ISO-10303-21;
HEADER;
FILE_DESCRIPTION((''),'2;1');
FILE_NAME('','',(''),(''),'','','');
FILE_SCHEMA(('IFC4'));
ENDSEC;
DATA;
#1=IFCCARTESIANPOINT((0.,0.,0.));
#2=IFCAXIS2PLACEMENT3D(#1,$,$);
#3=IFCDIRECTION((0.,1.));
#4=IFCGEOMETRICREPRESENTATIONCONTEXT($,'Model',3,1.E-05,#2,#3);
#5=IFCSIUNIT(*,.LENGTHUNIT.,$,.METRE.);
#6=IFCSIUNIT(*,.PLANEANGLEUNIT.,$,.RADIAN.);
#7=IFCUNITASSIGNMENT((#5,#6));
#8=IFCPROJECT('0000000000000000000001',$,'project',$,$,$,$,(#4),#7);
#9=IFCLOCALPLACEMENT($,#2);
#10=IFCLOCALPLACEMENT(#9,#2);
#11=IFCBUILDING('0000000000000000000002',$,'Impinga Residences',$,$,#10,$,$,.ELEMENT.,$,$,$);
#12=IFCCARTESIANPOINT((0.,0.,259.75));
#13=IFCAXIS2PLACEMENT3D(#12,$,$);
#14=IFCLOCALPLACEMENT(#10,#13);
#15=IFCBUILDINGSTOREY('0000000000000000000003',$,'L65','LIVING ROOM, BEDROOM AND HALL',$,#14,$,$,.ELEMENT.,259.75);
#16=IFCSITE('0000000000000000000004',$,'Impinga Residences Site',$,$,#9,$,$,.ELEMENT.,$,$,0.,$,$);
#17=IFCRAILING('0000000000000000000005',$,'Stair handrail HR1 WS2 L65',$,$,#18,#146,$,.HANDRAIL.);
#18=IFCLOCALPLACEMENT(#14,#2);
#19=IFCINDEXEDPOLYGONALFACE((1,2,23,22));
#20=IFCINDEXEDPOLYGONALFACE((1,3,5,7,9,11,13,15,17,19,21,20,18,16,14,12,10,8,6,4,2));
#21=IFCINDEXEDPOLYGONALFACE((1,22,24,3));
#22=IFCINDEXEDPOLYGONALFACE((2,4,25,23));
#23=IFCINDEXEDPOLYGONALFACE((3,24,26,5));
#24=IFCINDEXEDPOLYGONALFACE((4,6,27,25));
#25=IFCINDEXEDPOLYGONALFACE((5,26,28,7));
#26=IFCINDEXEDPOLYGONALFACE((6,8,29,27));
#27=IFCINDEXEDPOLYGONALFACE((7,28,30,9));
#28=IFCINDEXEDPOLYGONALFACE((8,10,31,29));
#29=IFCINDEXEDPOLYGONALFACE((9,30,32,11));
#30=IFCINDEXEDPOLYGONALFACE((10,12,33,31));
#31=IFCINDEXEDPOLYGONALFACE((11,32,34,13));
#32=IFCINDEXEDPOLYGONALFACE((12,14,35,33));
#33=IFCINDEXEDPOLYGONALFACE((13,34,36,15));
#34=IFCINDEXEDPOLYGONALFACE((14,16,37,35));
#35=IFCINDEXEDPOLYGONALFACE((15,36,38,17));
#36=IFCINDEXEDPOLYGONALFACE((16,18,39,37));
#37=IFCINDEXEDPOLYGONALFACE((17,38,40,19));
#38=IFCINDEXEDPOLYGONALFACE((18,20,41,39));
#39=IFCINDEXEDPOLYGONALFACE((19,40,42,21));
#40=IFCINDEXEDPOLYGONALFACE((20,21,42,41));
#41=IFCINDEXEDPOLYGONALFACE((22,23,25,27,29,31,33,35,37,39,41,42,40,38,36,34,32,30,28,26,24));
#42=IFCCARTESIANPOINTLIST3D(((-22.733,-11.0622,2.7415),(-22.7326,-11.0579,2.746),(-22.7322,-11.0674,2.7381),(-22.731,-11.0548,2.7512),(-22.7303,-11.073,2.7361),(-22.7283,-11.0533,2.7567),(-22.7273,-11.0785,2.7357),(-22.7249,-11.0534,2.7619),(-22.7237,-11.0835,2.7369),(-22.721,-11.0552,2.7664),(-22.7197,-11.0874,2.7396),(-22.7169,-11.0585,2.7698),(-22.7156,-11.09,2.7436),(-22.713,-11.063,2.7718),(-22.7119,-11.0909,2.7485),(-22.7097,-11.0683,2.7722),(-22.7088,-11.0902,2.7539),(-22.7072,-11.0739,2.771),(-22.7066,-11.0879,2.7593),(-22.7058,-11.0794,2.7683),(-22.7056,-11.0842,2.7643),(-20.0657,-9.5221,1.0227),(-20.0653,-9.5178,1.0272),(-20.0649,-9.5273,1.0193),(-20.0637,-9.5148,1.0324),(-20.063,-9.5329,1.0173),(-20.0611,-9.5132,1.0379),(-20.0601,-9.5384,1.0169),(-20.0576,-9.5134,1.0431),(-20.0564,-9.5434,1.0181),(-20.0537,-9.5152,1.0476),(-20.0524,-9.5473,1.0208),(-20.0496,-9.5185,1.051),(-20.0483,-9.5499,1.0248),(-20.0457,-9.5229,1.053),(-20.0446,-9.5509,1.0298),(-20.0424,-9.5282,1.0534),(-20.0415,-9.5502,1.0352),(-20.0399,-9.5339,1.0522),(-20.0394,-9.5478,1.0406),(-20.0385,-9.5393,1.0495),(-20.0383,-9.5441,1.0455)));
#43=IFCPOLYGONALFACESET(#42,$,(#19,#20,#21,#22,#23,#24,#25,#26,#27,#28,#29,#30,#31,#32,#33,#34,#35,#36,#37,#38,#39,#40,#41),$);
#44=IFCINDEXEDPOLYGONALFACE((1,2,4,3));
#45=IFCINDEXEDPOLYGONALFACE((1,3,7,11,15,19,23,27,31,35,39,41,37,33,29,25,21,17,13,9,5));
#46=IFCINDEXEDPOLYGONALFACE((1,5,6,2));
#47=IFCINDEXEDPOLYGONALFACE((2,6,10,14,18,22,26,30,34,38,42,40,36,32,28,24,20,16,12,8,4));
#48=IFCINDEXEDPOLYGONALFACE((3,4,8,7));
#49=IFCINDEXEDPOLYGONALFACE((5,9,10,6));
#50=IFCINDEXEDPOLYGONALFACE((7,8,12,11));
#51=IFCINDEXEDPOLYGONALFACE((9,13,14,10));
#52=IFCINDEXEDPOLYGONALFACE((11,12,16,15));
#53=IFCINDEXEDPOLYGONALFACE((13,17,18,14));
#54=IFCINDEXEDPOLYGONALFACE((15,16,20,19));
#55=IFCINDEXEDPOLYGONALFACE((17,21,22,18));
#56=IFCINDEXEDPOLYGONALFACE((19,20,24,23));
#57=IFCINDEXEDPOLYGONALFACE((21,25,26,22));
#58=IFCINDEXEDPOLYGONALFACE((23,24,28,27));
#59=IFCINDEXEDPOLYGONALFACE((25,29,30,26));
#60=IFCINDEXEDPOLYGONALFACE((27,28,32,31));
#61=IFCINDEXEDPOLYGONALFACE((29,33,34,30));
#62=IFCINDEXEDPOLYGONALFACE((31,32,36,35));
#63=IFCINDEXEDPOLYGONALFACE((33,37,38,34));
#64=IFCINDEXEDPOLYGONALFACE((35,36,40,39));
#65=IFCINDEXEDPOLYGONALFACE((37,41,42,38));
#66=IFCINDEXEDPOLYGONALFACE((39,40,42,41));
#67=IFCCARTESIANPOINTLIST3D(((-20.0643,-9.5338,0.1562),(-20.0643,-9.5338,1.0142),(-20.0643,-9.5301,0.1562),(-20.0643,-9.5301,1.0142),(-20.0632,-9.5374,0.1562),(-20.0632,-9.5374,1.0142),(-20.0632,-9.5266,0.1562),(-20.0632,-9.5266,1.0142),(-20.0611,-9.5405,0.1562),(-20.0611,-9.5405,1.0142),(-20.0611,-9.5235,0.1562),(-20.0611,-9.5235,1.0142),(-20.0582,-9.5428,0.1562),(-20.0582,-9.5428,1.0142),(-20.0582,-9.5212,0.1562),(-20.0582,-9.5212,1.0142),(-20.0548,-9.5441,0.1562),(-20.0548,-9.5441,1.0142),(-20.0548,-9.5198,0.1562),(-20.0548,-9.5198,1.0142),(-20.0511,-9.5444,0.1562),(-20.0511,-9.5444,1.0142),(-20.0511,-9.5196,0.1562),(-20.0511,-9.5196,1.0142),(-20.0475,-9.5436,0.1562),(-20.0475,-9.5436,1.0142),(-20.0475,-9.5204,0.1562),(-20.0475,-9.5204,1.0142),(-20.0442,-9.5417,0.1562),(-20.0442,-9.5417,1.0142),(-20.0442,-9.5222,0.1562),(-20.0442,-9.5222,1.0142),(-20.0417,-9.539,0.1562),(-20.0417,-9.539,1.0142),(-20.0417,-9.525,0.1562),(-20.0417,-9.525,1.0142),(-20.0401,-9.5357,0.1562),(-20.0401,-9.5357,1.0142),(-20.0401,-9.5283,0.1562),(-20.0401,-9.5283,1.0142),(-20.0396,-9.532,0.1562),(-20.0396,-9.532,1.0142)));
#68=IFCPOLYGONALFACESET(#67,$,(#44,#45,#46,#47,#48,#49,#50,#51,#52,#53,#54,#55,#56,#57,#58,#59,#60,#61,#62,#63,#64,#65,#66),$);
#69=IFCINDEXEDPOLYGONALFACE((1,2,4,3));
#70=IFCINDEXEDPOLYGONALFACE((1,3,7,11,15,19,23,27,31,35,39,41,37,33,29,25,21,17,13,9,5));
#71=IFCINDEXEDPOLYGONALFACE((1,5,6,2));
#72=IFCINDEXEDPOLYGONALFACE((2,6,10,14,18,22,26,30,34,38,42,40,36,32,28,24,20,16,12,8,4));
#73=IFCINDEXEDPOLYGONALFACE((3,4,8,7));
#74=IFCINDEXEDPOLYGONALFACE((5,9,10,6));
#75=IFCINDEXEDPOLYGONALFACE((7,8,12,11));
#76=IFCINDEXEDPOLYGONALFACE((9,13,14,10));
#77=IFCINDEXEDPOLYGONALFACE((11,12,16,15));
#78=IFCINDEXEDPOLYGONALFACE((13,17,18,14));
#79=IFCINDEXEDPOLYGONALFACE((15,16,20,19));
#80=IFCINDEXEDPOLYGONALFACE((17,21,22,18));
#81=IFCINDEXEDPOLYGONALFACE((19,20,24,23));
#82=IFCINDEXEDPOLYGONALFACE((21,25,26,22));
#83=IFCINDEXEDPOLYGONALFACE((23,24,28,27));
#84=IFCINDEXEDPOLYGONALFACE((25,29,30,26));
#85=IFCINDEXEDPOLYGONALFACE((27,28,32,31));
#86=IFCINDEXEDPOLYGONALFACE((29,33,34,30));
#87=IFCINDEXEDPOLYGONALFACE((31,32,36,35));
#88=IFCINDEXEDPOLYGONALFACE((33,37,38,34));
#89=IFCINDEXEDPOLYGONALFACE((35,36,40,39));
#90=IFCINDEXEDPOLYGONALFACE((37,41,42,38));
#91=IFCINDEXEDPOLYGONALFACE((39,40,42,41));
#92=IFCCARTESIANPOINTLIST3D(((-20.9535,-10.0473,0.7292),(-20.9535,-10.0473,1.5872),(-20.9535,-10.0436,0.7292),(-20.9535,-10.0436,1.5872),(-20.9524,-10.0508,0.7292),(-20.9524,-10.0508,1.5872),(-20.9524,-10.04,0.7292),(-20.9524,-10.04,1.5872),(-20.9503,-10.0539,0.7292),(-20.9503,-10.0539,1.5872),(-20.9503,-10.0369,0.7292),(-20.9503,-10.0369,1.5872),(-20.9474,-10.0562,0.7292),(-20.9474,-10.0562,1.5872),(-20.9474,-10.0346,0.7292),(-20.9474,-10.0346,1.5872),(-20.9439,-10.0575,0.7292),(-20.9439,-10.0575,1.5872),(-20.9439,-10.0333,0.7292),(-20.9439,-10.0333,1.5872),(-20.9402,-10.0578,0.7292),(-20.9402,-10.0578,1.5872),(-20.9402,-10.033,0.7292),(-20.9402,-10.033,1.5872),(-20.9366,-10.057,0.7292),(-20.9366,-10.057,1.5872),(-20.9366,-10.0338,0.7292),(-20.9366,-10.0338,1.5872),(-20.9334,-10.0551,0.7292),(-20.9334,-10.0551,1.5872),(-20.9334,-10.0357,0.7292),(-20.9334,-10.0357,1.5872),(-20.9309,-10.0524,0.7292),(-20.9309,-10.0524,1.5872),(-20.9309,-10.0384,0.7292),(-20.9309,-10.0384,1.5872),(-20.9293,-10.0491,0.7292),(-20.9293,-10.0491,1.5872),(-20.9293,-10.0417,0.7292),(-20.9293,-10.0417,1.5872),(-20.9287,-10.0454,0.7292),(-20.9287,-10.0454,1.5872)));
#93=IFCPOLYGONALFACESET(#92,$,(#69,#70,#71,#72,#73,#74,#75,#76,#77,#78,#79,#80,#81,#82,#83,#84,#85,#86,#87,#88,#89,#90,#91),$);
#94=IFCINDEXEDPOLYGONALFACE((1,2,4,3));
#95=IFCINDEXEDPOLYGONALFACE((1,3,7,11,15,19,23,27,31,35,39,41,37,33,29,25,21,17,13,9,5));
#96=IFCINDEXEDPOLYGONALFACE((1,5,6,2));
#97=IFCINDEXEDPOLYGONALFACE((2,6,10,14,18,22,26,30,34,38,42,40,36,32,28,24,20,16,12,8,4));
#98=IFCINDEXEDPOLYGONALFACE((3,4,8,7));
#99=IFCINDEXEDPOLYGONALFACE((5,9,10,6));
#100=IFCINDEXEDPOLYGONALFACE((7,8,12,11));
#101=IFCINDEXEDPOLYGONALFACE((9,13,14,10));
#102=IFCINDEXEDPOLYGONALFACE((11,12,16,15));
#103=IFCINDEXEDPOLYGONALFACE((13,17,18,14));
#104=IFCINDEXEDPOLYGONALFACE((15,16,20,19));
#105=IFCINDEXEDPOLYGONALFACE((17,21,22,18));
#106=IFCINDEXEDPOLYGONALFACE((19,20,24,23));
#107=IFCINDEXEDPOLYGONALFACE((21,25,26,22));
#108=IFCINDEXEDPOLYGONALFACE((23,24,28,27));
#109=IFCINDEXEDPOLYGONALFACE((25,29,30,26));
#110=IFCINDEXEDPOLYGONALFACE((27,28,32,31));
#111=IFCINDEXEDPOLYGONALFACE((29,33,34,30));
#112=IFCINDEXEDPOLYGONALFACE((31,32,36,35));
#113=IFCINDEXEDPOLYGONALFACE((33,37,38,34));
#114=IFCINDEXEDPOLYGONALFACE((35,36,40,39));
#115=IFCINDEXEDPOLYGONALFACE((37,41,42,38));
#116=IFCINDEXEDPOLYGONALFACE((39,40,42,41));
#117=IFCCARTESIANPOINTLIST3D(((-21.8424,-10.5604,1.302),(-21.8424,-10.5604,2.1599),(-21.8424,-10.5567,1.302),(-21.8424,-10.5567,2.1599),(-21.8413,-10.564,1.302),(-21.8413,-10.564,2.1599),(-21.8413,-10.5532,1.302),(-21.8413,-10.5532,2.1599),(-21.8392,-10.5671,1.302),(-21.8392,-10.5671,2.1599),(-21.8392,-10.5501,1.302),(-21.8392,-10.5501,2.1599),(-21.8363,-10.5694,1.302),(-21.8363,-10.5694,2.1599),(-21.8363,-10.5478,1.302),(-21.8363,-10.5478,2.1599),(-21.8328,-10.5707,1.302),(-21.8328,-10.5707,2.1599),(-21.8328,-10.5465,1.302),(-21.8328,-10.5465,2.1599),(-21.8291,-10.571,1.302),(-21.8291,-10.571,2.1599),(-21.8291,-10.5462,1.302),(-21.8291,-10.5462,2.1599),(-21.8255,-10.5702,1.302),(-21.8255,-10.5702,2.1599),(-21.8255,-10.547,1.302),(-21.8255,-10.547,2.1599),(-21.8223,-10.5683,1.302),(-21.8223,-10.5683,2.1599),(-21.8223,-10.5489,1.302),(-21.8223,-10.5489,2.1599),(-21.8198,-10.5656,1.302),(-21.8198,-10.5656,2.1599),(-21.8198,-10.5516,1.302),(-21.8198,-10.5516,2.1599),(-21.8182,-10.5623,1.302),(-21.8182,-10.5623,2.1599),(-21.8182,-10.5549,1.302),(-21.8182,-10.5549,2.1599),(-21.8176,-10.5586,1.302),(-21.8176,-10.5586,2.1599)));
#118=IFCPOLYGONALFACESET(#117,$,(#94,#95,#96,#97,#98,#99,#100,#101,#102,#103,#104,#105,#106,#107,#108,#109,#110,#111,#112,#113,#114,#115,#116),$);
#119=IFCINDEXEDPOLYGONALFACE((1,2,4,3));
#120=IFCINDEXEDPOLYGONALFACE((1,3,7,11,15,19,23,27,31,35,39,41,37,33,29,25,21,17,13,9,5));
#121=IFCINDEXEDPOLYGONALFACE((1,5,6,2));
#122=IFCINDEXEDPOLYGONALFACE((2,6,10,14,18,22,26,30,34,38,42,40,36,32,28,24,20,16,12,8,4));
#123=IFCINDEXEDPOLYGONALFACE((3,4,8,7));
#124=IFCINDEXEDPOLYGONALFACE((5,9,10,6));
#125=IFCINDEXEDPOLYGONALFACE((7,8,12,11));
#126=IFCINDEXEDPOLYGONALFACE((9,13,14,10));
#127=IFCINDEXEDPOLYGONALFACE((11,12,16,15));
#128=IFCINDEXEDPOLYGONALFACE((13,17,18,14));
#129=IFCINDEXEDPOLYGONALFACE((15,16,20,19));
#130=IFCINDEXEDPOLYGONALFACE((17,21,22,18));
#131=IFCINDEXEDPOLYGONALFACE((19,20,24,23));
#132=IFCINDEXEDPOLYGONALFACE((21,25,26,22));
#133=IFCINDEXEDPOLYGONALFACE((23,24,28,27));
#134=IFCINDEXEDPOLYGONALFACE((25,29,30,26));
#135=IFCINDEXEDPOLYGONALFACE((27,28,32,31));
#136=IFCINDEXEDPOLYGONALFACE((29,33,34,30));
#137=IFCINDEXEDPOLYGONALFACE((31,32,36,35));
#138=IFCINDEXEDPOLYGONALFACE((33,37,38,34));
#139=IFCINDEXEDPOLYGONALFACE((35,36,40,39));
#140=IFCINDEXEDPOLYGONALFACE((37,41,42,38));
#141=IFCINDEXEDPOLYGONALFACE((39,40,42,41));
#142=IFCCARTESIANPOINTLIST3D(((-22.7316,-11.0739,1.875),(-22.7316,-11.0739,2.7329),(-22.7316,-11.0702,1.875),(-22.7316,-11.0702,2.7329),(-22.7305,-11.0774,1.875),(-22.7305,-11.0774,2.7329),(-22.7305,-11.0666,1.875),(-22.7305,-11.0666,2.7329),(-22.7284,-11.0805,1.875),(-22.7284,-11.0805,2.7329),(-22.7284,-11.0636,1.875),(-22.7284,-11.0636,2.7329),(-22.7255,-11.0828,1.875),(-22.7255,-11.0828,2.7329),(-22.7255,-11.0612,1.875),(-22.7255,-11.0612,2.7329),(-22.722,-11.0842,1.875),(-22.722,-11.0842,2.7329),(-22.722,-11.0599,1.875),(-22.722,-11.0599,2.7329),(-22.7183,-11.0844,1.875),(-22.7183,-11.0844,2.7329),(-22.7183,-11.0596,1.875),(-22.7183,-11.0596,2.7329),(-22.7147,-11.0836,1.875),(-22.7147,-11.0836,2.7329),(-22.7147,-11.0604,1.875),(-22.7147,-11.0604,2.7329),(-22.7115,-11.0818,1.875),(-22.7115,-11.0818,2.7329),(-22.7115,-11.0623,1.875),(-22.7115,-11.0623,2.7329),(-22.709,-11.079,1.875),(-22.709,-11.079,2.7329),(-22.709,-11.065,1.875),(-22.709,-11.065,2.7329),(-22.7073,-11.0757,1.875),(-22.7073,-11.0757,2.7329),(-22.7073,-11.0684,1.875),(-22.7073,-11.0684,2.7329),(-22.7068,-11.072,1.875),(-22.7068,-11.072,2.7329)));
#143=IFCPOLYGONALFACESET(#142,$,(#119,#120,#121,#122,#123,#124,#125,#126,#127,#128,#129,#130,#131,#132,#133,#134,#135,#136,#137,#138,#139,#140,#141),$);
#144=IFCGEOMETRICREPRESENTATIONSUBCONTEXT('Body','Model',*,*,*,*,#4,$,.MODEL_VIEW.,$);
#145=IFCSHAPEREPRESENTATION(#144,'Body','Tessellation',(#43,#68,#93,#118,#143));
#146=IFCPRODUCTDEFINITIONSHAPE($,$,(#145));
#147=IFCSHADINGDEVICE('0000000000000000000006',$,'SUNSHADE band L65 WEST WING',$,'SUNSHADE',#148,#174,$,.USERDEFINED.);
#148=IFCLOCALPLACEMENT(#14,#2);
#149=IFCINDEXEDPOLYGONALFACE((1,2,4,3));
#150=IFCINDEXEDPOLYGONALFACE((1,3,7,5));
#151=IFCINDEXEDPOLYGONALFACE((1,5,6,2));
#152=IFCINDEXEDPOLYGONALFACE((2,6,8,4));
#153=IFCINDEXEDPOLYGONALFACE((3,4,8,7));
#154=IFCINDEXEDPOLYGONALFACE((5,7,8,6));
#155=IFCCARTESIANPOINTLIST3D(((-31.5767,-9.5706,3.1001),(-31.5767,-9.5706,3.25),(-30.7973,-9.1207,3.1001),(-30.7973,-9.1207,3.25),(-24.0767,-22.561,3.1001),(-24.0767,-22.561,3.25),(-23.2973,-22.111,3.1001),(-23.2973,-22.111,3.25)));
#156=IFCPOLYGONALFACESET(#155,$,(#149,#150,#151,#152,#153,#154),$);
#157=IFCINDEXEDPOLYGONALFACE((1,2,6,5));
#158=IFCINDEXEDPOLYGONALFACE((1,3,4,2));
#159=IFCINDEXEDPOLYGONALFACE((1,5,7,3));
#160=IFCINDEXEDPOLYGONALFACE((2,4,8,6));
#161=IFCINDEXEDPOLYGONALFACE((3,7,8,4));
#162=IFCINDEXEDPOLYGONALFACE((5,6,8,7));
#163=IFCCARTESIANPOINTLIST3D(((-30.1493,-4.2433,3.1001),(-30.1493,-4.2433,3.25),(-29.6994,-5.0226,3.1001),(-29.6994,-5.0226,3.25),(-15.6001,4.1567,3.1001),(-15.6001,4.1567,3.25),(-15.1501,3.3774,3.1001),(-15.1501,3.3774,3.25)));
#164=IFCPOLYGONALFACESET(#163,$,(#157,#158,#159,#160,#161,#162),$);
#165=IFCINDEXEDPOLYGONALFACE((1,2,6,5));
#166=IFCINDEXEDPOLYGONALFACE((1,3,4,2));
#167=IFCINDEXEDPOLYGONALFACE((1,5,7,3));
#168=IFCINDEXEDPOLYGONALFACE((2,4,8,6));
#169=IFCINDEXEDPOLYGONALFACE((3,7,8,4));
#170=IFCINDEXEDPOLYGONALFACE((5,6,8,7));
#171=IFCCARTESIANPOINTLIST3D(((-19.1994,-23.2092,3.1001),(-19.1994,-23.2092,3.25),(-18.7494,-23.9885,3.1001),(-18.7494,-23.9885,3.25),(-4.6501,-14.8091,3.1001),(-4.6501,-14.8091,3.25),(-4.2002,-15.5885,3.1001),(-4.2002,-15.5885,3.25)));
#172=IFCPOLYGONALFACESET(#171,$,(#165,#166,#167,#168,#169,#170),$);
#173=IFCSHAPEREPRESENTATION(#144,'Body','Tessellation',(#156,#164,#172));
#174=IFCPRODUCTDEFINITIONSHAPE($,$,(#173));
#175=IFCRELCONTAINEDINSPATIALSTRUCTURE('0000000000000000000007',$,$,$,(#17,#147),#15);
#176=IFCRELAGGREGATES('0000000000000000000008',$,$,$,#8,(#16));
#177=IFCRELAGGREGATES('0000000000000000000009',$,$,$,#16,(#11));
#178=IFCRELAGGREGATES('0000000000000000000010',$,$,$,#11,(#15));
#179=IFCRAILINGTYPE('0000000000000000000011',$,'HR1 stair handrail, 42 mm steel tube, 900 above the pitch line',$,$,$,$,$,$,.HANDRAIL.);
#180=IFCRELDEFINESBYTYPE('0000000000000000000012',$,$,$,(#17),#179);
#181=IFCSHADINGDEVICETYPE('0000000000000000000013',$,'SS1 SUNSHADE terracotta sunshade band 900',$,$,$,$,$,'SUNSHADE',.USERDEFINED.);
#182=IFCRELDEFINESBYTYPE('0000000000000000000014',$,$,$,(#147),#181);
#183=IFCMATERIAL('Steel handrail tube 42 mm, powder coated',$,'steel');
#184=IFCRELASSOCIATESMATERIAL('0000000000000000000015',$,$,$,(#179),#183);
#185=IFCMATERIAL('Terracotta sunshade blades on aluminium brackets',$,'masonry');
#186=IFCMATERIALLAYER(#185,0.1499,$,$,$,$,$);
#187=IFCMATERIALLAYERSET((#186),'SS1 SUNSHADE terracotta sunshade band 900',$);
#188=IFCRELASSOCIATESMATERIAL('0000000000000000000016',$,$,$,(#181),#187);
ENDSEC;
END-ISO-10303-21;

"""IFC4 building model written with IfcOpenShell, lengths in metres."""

from ifc_helpers import new_model, si_unit, direction, frame, origin, origin_2d, place, context, subcontext, project, spatial, rectangle, circle, extrude, material, layer, layer_set, type_object, element, save


model = new_model("IFC4")

# Units and contexts
model_context = context("Model", 3, precision=1e-05, world=origin(), true_north=direction((0.0, 1.0)))
body_context = subcontext(model_context, "Body", "Model", "MODEL_VIEW")
ifc_project = project(units=[si_unit("LENGTHUNIT", "METRE"), si_unit("PLANEANGLEUNIT", "RADIAN")], contexts=[model_context])

# Site, building, storey
site_placement = place(None, origin())
site = spatial("IfcSite", under=ifc_project, at=site_placement, Name="Impinga Residences Site", CompositionType="ELEMENT", RefElevation=0.0)
building_placement = place(site_placement, origin())
building = spatial("IfcBuilding", under=site, at=building_placement, Name="Impinga Residences", CompositionType="ELEMENT")
storey_placement = place(building_placement, frame((0.0, 0.0, 259.75)))
storey = spatial("IfcBuildingStorey", under=building, at=storey_placement, Name="L65", Description="LIVING ROOM, BEDROOM AND HALL", CompositionType="ELEMENT", Elevation=259.75)

# Railing
ifc_material_1 = material(Name="Steel handrail tube 42 mm, powder coated", Category="steel")
railing_type_1 = type_object("IfcRailingType", Name="HR1 stair handrail, 42 mm steel tube, 900 above the pitch line", PredefinedType="HANDRAIL", material=ifc_material_1)
railing_1_placement = place(storey_placement, frame((-20.052, -9.532, 0.1562)))
element("IfcRailing", 1, at=railing_1_placement, inside=storey, type_object=railing_type_1, Name="Stair handrail HR1 WS2 L65", PredefinedType="HANDRAIL", context=body_context, shape_type="SweptSolid", body=[
    extrude(circle(Radius=0.021, at=origin_2d()), frame((0.0, 0.0, 0.8789), z_axis=(-0.756226, -0.436639, 0.487307), x_axis=(0.500027, -0.86601, 0.0)), (0.0, 0.0, 1.0), 3.5271),
    extrude(circle(Radius=0.0125, at=origin_2d()), origin(), (0.0, 0.0, 1.0), 0.8579),
    extrude(circle(Radius=0.0125, at=origin_2d()), frame((-0.8892, -0.5134, 0.573)), (0.0, 0.0, 1.0), 0.8579),
    extrude(circle(Radius=0.0125, at=origin_2d()), frame((-1.7781, -1.0266, 1.1458)), (0.0, 0.0, 1.0), 0.8579),
    extrude(circle(Radius=0.0125, at=origin_2d()), frame((-2.6672, -1.54, 1.7188)), (0.0, 0.0, 1.0), 0.8579),
])

# Shading device
ifc_material_2 = material(Name="Terracotta sunshade blades on aluminium brackets", Category="masonry")
ifc_layer_1 = layer(ifc_material_2, 0.1499)
ifc_layer_set_1 = layer_set([ifc_layer_1], Name="SS1 SUNSHADE terracotta sunshade band 900")
shading_device_type = type_object("IfcShadingDeviceType", Name="SS1 SUNSHADE terracotta sunshade band 900", ElementType="SUNSHADE", PredefinedType="USERDEFINED", material=ifc_layer_set_1)
shading_device_placement = place(storey_placement, frame((-27.437, -15.8408, 3.1001), z_axis=(0.0, 0.0, 1.0), x_axis=(-0.5, 0.866025, 0.0)))
element("IfcShadingDevice", 2, at=shading_device_placement, inside=storey, type_object=shading_device_type, Name="SUNSHADE band L65 WEST WING", ObjectType="SUNSHADE", PredefinedType="USERDEFINED", context=body_context, shape_type="SweptSolid", body=[
    extrude(rectangle(XDim=15.0, YDim=0.8999, at=origin_2d()), origin(), (0.0, 0.0, 1.0), 0.1499),
    extrude(rectangle(XDim=16.8, YDim=0.8999, at=origin_2d()), frame((10.95, -11.8499, 0.0), z_axis=(0.0, 0.0, 1.0), x_axis=(0.0, -1.0, 0.0)), (0.0, 0.0, 1.0), 0.1499),
    extrude(rectangle(XDim=16.8, YDim=0.8999, at=origin_2d()), frame((-10.95, -11.8499, 0.0), z_axis=(0.0, 0.0, 1.0), x_axis=(0.0, 1.0, 0.0)), (0.0, 0.0, 1.0), 0.1499),
])

save(model, "model.ifc")
